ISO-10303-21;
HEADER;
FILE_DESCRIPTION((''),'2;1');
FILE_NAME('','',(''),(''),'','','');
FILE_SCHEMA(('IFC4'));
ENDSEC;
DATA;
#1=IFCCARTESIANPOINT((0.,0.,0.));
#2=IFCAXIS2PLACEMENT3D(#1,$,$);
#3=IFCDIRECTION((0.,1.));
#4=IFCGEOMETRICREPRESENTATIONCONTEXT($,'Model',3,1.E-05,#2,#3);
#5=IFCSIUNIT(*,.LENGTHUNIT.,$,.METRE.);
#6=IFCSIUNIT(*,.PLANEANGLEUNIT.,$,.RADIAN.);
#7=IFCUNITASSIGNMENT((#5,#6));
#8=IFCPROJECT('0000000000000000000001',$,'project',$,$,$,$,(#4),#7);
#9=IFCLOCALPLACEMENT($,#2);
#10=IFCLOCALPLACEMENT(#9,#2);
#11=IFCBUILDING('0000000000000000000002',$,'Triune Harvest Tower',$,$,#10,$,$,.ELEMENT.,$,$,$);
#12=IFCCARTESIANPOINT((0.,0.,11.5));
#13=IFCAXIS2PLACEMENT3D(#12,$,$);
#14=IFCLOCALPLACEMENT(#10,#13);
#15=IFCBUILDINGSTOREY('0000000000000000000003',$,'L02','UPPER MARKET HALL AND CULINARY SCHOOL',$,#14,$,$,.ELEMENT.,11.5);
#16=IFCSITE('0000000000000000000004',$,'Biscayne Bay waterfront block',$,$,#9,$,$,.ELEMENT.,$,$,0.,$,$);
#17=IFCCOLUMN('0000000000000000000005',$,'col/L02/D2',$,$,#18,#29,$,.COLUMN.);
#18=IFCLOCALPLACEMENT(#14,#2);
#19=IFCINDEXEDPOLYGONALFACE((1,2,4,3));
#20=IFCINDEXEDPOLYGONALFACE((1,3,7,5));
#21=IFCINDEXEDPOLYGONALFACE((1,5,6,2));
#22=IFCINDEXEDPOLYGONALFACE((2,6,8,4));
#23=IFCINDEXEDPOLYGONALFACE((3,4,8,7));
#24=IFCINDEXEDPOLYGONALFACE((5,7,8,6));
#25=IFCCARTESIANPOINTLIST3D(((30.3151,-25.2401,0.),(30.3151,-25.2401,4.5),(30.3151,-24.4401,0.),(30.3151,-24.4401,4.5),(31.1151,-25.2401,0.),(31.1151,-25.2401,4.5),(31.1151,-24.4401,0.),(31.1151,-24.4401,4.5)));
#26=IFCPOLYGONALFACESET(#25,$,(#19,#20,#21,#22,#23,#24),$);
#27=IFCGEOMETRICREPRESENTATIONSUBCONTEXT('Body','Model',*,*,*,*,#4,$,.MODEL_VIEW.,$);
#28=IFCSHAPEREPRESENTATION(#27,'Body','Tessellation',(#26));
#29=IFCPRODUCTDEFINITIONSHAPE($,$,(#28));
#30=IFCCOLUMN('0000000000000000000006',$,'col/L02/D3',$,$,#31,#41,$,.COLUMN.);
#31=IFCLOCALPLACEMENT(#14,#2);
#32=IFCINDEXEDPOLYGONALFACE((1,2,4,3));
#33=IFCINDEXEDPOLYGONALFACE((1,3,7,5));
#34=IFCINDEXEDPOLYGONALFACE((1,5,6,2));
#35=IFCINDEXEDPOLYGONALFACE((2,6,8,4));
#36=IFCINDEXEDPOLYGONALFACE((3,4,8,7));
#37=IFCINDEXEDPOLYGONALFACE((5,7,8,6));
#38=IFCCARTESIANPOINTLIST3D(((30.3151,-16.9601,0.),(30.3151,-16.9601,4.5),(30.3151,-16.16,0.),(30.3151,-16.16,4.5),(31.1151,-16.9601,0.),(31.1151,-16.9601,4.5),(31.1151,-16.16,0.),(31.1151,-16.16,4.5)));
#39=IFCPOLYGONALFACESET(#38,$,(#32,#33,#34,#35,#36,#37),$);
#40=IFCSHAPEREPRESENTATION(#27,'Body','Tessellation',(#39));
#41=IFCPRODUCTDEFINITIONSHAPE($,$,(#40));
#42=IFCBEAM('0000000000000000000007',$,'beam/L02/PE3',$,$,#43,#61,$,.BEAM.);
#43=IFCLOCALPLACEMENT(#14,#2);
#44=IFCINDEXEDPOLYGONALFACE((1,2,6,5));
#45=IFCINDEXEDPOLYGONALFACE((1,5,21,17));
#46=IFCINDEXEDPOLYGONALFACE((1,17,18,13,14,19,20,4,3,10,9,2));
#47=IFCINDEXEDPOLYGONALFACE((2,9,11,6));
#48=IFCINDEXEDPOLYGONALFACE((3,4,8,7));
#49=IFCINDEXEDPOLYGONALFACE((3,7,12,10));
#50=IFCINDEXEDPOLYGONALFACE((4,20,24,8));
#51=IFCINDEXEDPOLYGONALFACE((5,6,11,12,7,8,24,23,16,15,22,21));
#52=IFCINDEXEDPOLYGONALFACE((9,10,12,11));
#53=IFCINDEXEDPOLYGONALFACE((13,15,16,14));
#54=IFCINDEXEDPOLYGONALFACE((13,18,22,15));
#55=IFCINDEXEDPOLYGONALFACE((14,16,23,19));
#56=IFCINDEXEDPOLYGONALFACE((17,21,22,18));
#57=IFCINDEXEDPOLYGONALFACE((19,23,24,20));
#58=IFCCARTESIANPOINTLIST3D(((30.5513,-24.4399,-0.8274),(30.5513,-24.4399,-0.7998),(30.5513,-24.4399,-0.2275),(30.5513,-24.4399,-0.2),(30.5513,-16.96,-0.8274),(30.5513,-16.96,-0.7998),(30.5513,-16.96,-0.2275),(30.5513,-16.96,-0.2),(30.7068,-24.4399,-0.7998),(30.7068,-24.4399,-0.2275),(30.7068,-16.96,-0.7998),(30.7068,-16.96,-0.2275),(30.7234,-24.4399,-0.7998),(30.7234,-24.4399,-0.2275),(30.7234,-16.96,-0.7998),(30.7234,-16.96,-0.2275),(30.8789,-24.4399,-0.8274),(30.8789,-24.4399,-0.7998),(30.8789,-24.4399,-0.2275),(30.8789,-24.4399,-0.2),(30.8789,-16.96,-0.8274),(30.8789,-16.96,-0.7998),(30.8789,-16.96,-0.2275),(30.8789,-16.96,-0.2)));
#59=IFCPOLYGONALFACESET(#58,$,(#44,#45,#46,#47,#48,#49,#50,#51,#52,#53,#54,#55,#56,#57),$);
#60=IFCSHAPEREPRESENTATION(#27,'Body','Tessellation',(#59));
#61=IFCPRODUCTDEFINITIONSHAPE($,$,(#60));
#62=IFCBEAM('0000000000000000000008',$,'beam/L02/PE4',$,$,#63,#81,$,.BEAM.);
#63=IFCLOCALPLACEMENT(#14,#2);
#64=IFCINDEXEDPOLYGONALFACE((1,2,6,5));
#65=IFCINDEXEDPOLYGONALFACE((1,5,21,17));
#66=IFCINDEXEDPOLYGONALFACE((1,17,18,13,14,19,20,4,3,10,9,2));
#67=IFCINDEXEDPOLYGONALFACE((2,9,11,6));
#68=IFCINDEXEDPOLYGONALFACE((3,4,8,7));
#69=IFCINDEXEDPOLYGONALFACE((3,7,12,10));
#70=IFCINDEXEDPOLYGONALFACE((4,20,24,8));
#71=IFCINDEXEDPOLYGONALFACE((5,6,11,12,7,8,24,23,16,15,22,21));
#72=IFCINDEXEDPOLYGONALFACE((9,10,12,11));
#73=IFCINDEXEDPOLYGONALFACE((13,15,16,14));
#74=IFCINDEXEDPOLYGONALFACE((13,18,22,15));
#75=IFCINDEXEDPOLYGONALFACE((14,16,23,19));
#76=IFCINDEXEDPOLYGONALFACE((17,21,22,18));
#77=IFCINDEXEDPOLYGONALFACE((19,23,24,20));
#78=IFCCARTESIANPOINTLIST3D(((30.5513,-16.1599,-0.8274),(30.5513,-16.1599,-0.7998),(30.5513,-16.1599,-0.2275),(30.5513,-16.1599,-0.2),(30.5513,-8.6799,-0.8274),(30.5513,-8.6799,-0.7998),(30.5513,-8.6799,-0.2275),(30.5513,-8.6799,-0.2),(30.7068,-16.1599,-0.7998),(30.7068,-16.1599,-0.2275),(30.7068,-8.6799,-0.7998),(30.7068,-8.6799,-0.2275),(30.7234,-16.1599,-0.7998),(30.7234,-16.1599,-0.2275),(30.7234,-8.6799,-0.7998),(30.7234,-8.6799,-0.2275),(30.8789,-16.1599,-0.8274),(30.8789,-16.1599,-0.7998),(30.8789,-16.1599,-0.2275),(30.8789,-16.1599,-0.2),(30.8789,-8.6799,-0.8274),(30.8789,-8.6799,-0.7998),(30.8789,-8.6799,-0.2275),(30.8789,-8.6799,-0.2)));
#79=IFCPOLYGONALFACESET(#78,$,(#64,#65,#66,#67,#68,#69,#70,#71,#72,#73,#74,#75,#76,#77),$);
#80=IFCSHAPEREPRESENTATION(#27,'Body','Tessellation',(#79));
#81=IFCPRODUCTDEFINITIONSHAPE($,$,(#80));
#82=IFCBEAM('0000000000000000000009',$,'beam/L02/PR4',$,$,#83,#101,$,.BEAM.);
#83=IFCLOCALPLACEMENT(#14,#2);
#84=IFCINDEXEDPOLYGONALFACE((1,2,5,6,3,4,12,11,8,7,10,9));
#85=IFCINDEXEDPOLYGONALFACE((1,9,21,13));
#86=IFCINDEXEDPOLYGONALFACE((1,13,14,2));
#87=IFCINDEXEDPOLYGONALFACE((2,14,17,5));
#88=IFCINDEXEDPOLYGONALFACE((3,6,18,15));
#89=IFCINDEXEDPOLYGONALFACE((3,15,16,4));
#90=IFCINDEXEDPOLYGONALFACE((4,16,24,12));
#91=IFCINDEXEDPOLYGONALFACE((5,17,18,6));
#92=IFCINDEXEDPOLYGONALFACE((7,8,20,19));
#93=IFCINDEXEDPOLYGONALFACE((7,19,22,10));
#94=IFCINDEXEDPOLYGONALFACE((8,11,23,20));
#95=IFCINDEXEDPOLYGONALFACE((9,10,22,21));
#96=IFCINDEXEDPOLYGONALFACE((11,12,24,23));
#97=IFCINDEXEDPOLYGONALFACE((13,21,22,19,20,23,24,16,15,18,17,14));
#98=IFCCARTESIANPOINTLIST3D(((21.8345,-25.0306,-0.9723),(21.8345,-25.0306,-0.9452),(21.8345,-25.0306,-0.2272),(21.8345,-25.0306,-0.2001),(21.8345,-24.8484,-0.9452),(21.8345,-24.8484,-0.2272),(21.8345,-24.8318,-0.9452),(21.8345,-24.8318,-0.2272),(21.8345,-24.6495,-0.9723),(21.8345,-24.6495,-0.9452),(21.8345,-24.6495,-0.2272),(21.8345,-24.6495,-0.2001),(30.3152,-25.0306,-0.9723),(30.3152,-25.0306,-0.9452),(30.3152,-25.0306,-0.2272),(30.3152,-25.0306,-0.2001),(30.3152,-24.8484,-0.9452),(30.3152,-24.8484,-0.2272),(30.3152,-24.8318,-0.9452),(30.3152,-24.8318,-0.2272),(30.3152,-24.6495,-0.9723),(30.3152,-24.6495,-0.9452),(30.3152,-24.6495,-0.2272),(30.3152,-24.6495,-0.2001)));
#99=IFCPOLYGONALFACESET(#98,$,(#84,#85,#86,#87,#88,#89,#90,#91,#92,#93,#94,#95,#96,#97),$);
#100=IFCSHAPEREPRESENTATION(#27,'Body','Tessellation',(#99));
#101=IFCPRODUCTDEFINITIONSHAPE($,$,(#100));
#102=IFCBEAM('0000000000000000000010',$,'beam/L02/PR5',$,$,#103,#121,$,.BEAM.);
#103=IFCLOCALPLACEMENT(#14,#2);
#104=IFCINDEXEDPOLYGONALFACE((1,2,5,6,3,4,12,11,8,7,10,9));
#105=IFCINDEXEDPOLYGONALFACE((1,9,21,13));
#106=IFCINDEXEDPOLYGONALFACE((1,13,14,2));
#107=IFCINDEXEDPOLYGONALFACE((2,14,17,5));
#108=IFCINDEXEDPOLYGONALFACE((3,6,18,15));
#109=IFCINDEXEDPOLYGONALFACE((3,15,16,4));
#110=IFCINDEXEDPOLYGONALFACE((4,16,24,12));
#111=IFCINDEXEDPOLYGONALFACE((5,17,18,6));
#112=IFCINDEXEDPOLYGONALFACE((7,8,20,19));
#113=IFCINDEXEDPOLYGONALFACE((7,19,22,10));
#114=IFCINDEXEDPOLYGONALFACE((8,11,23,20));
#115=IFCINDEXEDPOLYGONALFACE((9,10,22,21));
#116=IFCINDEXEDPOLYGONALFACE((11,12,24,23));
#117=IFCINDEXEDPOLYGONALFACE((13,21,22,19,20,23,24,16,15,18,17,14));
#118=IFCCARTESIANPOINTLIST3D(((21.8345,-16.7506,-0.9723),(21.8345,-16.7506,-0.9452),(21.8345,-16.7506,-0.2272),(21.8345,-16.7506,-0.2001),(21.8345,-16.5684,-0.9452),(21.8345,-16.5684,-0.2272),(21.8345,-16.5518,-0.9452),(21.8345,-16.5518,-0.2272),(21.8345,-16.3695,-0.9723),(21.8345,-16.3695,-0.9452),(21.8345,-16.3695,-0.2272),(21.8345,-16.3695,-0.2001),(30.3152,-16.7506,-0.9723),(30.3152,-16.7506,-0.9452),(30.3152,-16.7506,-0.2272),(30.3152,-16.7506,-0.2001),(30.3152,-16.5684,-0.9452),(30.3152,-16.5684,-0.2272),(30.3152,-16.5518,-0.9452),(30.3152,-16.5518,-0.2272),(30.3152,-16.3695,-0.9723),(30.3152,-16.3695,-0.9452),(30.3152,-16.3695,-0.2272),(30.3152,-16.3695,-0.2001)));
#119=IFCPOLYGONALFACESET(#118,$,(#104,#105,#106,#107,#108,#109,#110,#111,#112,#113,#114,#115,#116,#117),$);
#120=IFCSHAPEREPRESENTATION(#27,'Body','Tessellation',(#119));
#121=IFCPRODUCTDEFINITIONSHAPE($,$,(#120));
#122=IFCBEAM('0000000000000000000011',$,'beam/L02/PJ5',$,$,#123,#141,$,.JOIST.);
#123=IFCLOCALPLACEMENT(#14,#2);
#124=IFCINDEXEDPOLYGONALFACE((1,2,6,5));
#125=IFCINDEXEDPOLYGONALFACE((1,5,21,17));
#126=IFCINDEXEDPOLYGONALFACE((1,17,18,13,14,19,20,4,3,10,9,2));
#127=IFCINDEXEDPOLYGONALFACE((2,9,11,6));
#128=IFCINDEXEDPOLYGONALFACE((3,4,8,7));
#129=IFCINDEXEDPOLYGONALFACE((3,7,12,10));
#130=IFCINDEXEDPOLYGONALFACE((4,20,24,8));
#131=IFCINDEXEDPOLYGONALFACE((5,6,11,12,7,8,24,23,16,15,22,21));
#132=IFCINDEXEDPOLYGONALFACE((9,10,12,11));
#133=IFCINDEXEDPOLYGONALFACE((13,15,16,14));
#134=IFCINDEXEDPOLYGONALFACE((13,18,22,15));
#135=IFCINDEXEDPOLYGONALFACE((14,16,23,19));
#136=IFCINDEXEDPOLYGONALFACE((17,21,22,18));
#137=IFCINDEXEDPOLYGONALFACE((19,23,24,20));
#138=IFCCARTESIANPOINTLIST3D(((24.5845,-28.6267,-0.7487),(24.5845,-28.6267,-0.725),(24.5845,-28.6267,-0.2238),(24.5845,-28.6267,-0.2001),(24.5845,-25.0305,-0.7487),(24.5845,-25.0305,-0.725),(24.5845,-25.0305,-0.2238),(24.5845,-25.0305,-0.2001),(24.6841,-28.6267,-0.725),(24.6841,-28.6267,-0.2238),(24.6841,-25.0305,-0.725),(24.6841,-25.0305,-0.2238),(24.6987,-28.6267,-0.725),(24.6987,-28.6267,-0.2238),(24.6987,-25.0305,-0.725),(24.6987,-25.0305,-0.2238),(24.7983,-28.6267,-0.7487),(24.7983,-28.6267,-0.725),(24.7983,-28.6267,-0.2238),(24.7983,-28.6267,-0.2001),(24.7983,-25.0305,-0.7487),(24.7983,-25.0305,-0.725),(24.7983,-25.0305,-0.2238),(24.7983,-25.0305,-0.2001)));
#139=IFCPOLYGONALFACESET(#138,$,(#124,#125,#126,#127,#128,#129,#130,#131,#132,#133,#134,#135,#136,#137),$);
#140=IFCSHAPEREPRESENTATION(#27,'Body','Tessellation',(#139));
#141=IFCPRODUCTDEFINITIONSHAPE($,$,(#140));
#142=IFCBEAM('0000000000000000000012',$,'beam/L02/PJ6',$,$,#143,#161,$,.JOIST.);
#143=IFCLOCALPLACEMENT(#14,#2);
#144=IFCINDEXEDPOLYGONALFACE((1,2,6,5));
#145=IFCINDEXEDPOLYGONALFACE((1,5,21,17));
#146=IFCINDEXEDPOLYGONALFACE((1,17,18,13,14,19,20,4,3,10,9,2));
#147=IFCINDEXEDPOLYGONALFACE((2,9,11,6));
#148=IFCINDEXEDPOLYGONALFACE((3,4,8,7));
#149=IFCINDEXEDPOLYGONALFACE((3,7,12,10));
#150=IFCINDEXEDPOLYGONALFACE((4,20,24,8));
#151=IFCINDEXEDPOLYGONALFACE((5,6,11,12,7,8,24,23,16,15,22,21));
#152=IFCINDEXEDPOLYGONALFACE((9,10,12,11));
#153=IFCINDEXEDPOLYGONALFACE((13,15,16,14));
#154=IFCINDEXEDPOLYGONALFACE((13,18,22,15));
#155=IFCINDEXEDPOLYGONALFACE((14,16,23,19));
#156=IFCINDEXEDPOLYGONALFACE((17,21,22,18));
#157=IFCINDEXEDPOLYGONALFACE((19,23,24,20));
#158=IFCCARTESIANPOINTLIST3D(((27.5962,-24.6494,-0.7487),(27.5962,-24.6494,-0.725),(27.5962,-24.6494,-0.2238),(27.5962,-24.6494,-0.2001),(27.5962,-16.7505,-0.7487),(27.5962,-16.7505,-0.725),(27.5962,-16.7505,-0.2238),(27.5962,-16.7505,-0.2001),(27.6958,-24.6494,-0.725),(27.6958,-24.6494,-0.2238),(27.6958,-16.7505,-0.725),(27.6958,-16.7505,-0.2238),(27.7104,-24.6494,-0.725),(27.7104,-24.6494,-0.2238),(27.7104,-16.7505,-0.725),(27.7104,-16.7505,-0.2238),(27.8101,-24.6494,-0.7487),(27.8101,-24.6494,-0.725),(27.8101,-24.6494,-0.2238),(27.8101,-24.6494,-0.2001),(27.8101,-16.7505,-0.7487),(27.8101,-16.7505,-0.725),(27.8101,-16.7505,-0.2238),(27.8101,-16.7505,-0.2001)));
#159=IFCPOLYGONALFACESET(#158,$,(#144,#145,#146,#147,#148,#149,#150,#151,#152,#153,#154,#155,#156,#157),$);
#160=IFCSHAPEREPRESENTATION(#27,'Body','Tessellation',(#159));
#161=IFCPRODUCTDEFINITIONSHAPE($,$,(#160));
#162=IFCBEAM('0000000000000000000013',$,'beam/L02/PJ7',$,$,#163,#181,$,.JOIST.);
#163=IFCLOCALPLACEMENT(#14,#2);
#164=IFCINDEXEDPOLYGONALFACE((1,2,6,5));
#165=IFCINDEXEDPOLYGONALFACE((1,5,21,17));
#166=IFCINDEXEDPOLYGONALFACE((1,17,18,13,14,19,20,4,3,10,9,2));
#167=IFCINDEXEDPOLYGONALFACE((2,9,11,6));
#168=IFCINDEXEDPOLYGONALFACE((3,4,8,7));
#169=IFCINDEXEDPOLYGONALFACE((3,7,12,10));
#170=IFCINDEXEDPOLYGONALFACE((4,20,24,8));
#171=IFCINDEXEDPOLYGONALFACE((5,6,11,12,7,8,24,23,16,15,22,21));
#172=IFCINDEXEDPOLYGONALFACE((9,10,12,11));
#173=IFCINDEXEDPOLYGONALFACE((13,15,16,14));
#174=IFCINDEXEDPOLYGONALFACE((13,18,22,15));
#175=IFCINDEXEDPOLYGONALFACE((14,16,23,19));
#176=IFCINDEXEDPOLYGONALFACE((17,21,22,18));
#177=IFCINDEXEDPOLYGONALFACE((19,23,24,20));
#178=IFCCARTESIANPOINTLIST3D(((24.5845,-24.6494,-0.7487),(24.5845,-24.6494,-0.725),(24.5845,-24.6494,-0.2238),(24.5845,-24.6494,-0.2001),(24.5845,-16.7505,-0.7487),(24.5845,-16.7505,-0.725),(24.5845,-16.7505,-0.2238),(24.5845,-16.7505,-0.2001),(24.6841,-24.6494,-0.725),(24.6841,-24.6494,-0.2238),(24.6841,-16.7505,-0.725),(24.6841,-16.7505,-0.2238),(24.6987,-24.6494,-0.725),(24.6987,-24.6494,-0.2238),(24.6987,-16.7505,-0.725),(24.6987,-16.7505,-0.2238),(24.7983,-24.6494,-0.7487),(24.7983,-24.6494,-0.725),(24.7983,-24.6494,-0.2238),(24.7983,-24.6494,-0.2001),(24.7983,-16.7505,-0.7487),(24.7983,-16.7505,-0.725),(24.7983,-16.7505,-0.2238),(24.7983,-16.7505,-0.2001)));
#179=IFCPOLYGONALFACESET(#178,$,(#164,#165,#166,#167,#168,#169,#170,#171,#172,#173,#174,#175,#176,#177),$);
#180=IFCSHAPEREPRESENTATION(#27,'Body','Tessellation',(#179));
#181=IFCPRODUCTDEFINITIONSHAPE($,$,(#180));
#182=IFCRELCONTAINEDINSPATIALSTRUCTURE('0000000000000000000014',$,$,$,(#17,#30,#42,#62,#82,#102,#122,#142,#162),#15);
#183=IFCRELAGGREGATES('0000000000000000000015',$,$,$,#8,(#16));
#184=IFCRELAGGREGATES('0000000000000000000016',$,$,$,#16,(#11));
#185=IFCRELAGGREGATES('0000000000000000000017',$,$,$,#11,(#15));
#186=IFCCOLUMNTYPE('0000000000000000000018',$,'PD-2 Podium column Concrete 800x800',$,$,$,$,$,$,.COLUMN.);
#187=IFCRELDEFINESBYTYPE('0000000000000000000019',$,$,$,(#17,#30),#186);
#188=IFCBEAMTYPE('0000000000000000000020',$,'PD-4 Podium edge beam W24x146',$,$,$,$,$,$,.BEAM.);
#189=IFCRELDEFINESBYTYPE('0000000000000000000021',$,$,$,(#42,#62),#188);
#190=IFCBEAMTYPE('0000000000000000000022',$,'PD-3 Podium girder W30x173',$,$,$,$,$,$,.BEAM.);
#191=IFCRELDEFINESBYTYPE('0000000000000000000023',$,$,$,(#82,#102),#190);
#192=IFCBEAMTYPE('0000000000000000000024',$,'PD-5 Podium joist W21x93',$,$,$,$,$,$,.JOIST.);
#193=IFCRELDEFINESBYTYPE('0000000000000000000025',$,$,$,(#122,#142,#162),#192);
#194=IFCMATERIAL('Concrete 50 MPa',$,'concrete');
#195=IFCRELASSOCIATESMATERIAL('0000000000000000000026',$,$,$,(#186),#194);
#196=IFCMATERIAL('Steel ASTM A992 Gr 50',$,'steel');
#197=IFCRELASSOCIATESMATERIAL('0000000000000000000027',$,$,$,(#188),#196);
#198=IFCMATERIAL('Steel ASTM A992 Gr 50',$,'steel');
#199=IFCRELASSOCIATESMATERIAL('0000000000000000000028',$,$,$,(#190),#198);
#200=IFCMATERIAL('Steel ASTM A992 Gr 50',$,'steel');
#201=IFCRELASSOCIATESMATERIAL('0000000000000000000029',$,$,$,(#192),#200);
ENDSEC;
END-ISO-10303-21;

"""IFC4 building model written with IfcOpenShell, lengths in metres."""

from ifc_helpers import new_model, si_unit, direction, frame, origin, origin_2d, place, context, subcontext, project, spatial, rectangle, i_section, extrude, source, transform, mapped, material, material_profile, profile_set, type_object, element, save


model = new_model("IFC4")

# Units and contexts
model_context = context("Model", 3, precision=1e-05, world=origin(), true_north=direction((0.0, 1.0)))
body_context = subcontext(model_context, "Body", "Model", "MODEL_VIEW")
ifc_project = project(units=[si_unit("LENGTHUNIT", "METRE"), si_unit("PLANEANGLEUNIT", "RADIAN")], contexts=[model_context])

# Site, building, storey
site_placement = place(None, origin())
site = spatial("IfcSite", under=ifc_project, at=site_placement, Name="Biscayne Bay waterfront block", CompositionType="ELEMENT", RefElevation=0.0)
building_placement = place(site_placement, origin())
building = spatial("IfcBuilding", under=site, at=building_placement, Name="Triune Harvest Tower", CompositionType="ELEMENT")
storey_placement = place(building_placement, frame((0.0, 0.0, 11.5)))
storey = spatial("IfcBuildingStorey", under=building, at=storey_placement, Name="L02", Description="UPPER MARKET HALL AND CULINARY SCHOOL", CompositionType="ELEMENT", Elevation=11.5)

# Columns
ifc_material_1 = material(Name="Concrete 50 MPa", Category="concrete")
ifc_material_profile_1 = material_profile(ifc_material_1, rectangle(XDim=0.8, YDim=0.8, at=origin_2d()), Name="Concrete 800x800")
ifc_profile_set_1 = profile_set([ifc_material_profile_1], Name="Concrete 50 MPa")
column_type = type_object("IfcColumnType", Name="PD-2 Podium column Concrete 800x800", PredefinedType="COLUMN", material=ifc_profile_set_1)
shared_shape_1 = source(origin(), body_context, "Body", "SweptSolid", [
    extrude(rectangle(XDim=0.8, YDim=0.8, at=origin_2d()), origin(), (0.0, 0.0, 1.0), 4.5),
])
for number, where, z_axis, x_axis, name in (
    (1, (30.7151, -24.8401, 0.0), (0.0, 0.0, 1.0), (0.0, 1.0, 0.0), "col/L02/D2"),
    (2, (30.7151, -16.5601, 0.0), (0.0, 0.0, 1.0), (0.0, 1.0, 0.0), "col/L02/D3"),
):
    element("IfcColumn", number, at=place(storey_placement, frame(where, z_axis=z_axis, x_axis=x_axis)), inside=storey, type_object=column_type, Name=name, PredefinedType="COLUMN", context=body_context, shape_type="MappedRepresentation", body=[
        mapped(shared_shape_1, transform((0.0, 0.0, 0.0), scale=1.0)),
    ])

# Beams
ifc_material_2 = material(Name="Steel ASTM A992 Gr 50", Category="steel")
ifc_material_profile_2 = material_profile(ifc_material_2, i_section(OverallWidth=0.3276, OverallDepth=0.6274, WebThickness=0.0166, FlangeThickness=0.0276, at=origin_2d()), Name="W24x146")
ifc_profile_set_2 = profile_set([ifc_material_profile_2], Name="Steel ASTM A992 Gr 50")
beam_type_1 = type_object("IfcBeamType", Name="PD-4 Podium edge beam W24x146", PredefinedType="BEAM", material=ifc_profile_set_2)
shared_shape_2 = source(origin(), body_context, "Body", "SweptSolid", [
    extrude(i_section(OverallWidth=0.3276, OverallDepth=0.6274, WebThickness=0.0166, FlangeThickness=0.0276, at=origin_2d()), origin(), (0.0, 0.0, 1.0), 7.48),
])
for number, where, z_axis, x_axis, name in (
    (3, (30.7151, -24.4399, -0.5137), (0.0, 1.0, 0.0), (-1.0, 0.0, 0.0), "beam/L02/PE3"),
    (4, (30.7151, -16.1599, -0.5137), (0.0, 1.0, 0.0), (-1.0, 0.0, 0.0), "beam/L02/PE4"),
):
    element("IfcBeam", number, at=place(storey_placement, frame(where, z_axis=z_axis, x_axis=x_axis)), inside=storey, type_object=beam_type_1, Name=name, PredefinedType="BEAM", context=body_context, shape_type="MappedRepresentation", body=[
        mapped(shared_shape_2, transform((0.0, 0.0, 0.0), scale=1.0)),
    ])
ifc_material_3 = material(Name="Steel ASTM A992 Gr 50", Category="steel")
ifc_material_profile_3 = material_profile(ifc_material_3, i_section(OverallWidth=0.3811, OverallDepth=0.7722, WebThickness=0.0166, FlangeThickness=0.0271, at=origin_2d()), Name="W30x173")
ifc_profile_set_3 = profile_set([ifc_material_profile_3], Name="Steel ASTM A992 Gr 50")
beam_type_2 = type_object("IfcBeamType", Name="PD-3 Podium girder W30x173", PredefinedType="BEAM", material=ifc_profile_set_3)
shared_shape_3 = source(origin(), body_context, "Body", "SweptSolid", [
    extrude(i_section(OverallWidth=0.3811, OverallDepth=0.7722, WebThickness=0.0166, FlangeThickness=0.0271, at=origin_2d()), origin(), (0.0, 0.0, 1.0), 8.4807),
])
for number, where, z_axis, x_axis, name in (
    (5, (30.3152, -24.8401, -0.5862), (-1.0, 0.0, 0.0), (0.0, -1.0, 0.0), "beam/L02/PR4"),
    (6, (30.3152, -16.5601, -0.5862), (-1.0, 0.0, 0.0), (0.0, -1.0, 0.0), "beam/L02/PR5"),
):
    element("IfcBeam", number, at=place(storey_placement, frame(where, z_axis=z_axis, x_axis=x_axis)), inside=storey, type_object=beam_type_2, Name=name, PredefinedType="BEAM", context=body_context, shape_type="MappedRepresentation", body=[
        mapped(shared_shape_3, transform((0.0, 0.0, 0.0), scale=1.0)),
    ])
ifc_material_4 = material(Name="Steel ASTM A992 Gr 50", Category="steel")
ifc_material_profile_4 = material_profile(ifc_material_4, i_section(OverallWidth=0.2139, OverallDepth=0.5486, WebThickness=0.0146, FlangeThickness=0.0237, at=origin_2d()), Name="W21x93")
ifc_profile_set_4 = profile_set([ifc_material_profile_4], Name="Steel ASTM A992 Gr 50")
beam_type_3 = type_object("IfcBeamType", Name="PD-5 Podium joist W21x93", PredefinedType="JOIST", material=ifc_profile_set_4)
shared_shape_4 = source(origin(), body_context, "Body", "SweptSolid", [
    extrude(i_section(OverallWidth=0.2139, OverallDepth=0.5486, WebThickness=0.0146, FlangeThickness=0.0237, at=origin_2d()), origin(), (0.0, 0.0, 1.0), 3.5962),
])
beam_placement = place(storey_placement, frame((24.6914, -28.6267, -0.4744), z_axis=(0.0, 1.0, 0.0), x_axis=(-1.0, 0.0, 0.0)))
element("IfcBeam", 7, at=beam_placement, inside=storey, type_object=beam_type_3, Name="beam/L02/PJ5", PredefinedType="JOIST", context=body_context, shape_type="MappedRepresentation", body=[
    mapped(shared_shape_4, transform((0.0, 0.0, 0.0), scale=1.0)),
])
shared_shape_5 = source(origin(), body_context, "Body", "SweptSolid", [
    extrude(i_section(OverallWidth=0.2139, OverallDepth=0.5486, WebThickness=0.0146, FlangeThickness=0.0237, at=origin_2d()), origin(), (0.0, 0.0, 1.0), 7.8989),
])
for number, where, z_axis, x_axis, name in (
    (8, (27.7031, -24.6494, -0.4744), (0.0, 1.0, 0.0), (-1.0, 0.0, 0.0), "beam/L02/PJ6"),
    (9, (24.6914, -24.6494, -0.4744), (0.0, 1.0, 0.0), (-1.0, 0.0, 0.0), "beam/L02/PJ7"),
):
    element("IfcBeam", number, at=place(storey_placement, frame(where, z_axis=z_axis, x_axis=x_axis)), inside=storey, type_object=beam_type_3, Name=name, PredefinedType="JOIST", context=body_context, shape_type="MappedRepresentation", body=[
        mapped(shared_shape_5, transform((0.0, 0.0, 0.0), scale=1.0)),
    ])

save(model, "model.ifc")
